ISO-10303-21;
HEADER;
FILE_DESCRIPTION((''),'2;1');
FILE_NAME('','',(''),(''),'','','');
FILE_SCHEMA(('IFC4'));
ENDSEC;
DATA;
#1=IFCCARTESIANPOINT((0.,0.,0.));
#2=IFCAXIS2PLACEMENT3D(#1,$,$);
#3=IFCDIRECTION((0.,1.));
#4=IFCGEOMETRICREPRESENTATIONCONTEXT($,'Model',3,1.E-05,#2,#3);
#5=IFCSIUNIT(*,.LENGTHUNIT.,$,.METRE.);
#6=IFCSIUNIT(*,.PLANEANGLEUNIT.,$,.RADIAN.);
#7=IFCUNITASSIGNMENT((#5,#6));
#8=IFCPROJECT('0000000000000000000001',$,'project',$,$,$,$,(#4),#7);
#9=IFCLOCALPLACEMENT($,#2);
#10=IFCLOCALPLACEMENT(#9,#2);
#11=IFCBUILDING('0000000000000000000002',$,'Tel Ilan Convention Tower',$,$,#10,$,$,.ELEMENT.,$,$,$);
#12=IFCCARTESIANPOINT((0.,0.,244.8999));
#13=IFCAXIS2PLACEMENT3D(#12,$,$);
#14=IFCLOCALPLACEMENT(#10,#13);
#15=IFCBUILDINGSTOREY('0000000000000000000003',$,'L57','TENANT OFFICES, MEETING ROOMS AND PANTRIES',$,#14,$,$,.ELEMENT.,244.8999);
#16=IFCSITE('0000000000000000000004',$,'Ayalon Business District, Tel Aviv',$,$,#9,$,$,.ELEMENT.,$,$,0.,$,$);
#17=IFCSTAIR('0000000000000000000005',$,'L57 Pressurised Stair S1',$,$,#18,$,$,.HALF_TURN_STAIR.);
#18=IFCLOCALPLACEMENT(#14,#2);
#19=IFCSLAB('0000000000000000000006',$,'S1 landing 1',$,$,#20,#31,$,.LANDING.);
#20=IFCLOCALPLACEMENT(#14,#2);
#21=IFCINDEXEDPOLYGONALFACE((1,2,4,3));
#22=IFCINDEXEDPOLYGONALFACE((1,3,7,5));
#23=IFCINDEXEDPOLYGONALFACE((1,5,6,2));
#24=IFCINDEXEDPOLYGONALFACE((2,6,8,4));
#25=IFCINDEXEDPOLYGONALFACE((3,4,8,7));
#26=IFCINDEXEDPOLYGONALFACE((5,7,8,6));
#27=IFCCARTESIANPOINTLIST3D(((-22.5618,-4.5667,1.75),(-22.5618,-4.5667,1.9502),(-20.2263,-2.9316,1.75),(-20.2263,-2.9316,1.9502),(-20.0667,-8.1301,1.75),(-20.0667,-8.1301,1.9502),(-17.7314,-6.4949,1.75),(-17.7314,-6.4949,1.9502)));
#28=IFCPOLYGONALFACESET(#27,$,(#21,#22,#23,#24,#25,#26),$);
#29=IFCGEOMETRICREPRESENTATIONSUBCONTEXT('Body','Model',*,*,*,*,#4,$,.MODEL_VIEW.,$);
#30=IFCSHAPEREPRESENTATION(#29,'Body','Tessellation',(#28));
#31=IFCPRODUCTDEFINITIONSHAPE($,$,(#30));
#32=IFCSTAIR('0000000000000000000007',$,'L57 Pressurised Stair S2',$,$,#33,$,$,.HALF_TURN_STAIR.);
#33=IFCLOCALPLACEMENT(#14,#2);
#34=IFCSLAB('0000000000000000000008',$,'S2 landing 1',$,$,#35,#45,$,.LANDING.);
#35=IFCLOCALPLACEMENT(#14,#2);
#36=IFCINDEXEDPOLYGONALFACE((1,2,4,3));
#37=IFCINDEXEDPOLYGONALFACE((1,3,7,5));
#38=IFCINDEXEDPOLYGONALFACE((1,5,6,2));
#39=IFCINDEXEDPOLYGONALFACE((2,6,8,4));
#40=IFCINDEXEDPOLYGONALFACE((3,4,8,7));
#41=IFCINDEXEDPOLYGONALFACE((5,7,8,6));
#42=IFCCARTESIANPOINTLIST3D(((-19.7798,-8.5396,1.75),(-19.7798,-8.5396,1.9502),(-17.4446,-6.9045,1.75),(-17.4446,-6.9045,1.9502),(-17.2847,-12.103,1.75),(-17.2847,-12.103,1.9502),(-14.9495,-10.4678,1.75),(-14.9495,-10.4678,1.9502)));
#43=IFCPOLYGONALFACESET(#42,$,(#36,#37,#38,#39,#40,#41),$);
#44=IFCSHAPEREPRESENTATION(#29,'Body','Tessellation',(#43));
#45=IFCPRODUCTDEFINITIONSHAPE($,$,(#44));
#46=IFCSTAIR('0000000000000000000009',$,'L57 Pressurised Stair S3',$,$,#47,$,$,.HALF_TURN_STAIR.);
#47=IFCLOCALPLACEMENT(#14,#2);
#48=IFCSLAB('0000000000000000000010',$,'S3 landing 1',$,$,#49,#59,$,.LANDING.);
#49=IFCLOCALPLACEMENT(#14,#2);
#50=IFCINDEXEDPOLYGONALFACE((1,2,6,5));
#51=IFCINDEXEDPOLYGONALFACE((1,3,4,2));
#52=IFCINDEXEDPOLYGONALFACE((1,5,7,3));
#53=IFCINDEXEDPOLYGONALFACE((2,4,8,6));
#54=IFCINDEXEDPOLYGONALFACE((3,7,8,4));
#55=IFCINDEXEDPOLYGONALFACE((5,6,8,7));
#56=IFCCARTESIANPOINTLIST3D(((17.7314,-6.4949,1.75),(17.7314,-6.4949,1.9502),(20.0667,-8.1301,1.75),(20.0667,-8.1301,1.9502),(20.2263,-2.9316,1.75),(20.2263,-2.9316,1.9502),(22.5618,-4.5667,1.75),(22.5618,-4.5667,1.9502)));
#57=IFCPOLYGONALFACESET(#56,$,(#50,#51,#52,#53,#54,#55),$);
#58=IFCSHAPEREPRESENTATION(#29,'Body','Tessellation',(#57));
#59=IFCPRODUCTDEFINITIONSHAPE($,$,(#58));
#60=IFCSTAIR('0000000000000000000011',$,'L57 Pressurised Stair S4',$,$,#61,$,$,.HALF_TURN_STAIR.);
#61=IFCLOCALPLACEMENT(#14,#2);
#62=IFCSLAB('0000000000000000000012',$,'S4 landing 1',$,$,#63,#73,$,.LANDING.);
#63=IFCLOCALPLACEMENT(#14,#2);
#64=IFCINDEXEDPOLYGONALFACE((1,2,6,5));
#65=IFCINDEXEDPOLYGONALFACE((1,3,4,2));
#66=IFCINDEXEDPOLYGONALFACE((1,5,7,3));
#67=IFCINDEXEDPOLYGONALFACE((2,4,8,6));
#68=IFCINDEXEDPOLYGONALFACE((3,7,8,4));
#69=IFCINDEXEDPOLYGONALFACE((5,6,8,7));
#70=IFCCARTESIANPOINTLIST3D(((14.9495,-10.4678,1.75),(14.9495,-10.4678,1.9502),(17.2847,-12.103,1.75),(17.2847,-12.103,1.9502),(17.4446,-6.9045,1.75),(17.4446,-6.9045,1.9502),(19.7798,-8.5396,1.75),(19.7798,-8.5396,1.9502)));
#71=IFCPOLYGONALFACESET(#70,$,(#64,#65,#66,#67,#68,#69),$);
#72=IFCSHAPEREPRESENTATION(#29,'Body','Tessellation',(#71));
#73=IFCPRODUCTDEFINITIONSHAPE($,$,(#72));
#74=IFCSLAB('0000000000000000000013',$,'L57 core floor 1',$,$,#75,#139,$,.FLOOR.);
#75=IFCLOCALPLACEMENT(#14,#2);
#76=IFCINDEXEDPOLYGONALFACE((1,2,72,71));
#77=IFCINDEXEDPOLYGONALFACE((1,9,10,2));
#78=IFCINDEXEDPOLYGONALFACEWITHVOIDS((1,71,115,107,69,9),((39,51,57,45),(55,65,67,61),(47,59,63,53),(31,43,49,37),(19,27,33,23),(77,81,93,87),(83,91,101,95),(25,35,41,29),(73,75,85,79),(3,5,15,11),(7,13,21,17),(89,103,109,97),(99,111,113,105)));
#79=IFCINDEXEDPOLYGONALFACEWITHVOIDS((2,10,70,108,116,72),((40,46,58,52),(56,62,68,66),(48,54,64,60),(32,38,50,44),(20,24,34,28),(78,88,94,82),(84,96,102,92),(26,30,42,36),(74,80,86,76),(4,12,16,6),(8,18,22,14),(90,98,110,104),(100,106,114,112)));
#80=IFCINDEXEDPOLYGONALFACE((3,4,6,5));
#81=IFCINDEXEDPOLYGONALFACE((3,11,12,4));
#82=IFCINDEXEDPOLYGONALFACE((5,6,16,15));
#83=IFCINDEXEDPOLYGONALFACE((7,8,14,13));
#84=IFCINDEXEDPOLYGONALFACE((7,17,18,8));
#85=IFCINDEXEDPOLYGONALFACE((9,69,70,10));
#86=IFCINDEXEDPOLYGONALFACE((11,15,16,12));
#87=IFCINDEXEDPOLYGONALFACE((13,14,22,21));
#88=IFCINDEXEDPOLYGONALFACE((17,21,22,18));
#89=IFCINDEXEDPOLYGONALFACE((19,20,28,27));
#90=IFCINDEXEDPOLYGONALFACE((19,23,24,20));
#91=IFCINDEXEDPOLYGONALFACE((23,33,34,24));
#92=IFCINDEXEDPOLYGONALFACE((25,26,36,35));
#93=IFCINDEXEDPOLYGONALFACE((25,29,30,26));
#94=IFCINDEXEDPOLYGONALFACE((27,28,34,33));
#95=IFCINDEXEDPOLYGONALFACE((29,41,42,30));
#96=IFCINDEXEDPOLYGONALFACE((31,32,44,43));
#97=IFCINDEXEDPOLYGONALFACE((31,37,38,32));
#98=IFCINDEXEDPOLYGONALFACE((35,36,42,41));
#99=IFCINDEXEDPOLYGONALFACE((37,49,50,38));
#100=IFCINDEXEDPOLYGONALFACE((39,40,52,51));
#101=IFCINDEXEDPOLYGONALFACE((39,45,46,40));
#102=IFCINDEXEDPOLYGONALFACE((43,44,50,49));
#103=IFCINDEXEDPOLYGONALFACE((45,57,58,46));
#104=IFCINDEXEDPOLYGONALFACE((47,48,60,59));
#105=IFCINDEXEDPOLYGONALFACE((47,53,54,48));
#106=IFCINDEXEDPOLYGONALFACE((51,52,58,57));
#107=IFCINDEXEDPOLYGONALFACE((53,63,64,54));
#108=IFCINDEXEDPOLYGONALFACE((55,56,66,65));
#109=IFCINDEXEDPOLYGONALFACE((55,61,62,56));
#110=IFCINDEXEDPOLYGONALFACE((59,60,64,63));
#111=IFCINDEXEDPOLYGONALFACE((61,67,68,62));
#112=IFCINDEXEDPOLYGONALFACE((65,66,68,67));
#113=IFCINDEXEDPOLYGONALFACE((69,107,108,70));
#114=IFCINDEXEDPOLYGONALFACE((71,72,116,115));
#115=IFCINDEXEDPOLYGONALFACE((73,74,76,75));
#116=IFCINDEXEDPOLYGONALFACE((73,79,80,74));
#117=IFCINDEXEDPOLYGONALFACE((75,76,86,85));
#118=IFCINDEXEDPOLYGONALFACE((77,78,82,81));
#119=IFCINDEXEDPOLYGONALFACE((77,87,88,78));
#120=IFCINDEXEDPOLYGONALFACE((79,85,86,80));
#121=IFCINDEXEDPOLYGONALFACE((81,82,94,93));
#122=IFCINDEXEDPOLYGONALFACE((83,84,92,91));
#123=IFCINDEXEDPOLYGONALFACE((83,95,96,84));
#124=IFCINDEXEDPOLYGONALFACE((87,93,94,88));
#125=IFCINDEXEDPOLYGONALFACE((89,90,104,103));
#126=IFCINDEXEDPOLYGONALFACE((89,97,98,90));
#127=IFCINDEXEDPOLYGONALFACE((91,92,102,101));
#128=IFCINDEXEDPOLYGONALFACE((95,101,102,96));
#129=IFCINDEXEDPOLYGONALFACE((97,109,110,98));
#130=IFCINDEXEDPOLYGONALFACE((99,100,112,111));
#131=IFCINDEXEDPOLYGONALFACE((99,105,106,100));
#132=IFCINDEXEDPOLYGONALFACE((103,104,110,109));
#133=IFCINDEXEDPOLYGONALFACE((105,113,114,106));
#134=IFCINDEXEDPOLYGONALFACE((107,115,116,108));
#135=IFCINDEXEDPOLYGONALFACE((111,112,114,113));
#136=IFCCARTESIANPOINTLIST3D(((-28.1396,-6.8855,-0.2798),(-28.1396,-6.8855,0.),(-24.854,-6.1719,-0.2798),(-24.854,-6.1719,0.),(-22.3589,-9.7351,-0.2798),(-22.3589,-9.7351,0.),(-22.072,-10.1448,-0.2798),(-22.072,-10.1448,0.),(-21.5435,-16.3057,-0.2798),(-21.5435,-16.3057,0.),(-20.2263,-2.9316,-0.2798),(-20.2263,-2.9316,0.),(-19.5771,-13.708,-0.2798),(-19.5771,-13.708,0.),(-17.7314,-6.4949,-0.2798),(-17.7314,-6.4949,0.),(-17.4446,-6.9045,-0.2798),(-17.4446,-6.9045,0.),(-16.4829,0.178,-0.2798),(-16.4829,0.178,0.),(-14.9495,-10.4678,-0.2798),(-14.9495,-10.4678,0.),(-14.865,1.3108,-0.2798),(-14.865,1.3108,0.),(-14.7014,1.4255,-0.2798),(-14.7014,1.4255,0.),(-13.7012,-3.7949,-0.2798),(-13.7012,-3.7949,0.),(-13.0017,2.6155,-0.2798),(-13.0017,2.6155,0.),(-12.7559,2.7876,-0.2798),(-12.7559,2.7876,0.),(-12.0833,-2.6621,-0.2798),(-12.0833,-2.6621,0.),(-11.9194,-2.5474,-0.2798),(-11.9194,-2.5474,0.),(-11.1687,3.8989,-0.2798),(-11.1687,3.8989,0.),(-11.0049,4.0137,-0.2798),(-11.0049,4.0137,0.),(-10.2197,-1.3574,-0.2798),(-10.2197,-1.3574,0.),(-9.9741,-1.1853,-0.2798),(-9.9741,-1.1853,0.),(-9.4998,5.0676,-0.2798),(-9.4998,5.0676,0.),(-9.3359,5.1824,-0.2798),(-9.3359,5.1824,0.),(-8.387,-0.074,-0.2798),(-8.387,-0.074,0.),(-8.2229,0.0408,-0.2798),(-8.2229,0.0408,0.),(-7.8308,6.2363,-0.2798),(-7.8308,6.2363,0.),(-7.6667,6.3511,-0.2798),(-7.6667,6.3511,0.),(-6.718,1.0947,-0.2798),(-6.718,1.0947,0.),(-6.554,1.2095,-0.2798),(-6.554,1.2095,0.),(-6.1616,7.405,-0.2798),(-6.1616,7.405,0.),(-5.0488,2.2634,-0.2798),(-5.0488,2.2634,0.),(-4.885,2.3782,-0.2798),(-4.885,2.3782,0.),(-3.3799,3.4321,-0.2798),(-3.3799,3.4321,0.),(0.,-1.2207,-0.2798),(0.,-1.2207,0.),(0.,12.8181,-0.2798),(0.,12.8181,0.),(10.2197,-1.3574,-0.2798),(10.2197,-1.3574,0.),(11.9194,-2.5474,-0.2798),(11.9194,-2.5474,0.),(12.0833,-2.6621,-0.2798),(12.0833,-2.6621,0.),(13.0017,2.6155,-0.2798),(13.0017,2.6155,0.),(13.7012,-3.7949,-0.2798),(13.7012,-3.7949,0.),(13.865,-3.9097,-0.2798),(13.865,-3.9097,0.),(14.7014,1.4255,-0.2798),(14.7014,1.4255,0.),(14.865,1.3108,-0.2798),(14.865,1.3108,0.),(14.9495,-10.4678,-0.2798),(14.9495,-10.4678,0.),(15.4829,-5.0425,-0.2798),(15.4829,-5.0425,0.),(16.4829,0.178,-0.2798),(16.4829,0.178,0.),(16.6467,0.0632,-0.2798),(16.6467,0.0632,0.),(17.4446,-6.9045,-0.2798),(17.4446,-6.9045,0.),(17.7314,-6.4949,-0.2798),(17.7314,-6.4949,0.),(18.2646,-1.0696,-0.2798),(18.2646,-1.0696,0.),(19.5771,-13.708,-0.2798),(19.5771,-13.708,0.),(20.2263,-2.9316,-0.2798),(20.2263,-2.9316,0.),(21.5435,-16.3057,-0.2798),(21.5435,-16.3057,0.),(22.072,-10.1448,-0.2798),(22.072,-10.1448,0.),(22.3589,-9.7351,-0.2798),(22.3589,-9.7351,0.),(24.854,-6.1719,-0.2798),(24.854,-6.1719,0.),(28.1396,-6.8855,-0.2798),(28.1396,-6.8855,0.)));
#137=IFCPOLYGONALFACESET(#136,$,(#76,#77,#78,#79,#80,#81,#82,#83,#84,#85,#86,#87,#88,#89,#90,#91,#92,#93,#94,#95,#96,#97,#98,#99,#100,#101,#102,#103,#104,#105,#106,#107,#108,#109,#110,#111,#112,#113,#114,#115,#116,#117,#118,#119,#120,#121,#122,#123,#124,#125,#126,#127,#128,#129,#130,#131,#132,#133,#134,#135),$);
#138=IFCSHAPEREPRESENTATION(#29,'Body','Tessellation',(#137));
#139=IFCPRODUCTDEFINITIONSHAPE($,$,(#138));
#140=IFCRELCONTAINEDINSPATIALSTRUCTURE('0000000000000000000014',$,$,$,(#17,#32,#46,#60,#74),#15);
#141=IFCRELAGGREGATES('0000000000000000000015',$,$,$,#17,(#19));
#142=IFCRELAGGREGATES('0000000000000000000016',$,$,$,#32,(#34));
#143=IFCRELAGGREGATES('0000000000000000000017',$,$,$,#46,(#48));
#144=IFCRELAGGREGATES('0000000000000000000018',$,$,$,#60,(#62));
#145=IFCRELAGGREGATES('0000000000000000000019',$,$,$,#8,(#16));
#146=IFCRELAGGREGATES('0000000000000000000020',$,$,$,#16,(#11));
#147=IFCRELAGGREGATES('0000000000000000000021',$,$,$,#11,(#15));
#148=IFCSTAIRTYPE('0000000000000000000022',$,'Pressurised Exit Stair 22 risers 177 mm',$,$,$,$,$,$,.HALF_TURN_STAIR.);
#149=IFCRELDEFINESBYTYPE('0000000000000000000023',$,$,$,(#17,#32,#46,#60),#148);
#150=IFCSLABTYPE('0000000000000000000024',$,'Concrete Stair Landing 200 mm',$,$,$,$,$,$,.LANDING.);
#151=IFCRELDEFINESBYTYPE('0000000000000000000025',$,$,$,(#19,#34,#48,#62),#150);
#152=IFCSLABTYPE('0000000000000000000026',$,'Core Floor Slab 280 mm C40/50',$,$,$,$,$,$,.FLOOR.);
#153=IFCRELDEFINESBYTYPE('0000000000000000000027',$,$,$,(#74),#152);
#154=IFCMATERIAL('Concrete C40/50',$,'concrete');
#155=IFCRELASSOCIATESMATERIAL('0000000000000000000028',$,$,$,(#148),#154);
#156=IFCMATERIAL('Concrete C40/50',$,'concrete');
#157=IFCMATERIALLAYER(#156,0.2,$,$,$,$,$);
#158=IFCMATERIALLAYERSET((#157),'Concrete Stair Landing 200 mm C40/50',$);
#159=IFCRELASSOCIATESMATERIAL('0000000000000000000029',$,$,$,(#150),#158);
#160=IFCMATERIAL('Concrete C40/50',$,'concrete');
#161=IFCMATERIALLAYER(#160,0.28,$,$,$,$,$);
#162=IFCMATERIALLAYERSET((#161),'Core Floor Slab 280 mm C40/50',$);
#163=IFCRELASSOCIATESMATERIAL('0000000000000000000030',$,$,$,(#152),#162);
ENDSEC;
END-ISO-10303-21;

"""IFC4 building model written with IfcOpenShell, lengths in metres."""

from ifc_helpers import new_model, si_unit, direction, frame, origin, place, context, subcontext, project, spatial, polyline, outline, extrude, material, layer, layer_set, type_object, element, aggregate, save


model = new_model("IFC4")

# Units and contexts
model_context = context("Model", 3, precision=1e-05, world=origin(), true_north=direction((0.0, 1.0)))
body_context = subcontext(model_context, "Body", "Model", "MODEL_VIEW")
ifc_project = project(units=[si_unit("LENGTHUNIT", "METRE"), si_unit("PLANEANGLEUNIT", "RADIAN")], contexts=[model_context])

# Site, building, storey
site_placement = place(None, origin())
site = spatial("IfcSite", under=ifc_project, at=site_placement, Name="Ayalon Business District, Tel Aviv", CompositionType="ELEMENT", RefElevation=0.0)
building_placement = place(site_placement, origin())
building = spatial("IfcBuilding", under=site, at=building_placement, Name="Tel Ilan Convention Tower", CompositionType="ELEMENT")
storey_placement = place(building_placement, frame((0.0, 0.0, 244.8999)))
storey = spatial("IfcBuildingStorey", under=building, at=storey_placement, Name="L57", Description="TENANT OFFICES, MEETING ROOMS AND PANTRIES", CompositionType="ELEMENT", Elevation=244.8999)

# Stairs, slabs
ifc_material_1 = material(Name="Concrete C40/50", Category="concrete")
stair_type = type_object("IfcStairType", Name="Pressurised Exit Stair 22 risers 177 mm", PredefinedType="HALF_TURN_STAIR", material=ifc_material_1)
stair_1_placement = place(storey_placement, origin())
stair_1 = element("IfcStair", 1, at=stair_1_placement, inside=storey, type_object=stair_type, Name="L57 Pressurised Stair S1", PredefinedType="HALF_TURN_STAIR")
ifc_material_2 = material(Name="Concrete C40/50", Category="concrete")
ifc_layer_1 = layer(ifc_material_2, 0.2)
ifc_layer_set_1 = layer_set([ifc_layer_1], Name="Concrete Stair Landing 200 mm C40/50")
slab_type_1 = type_object("IfcSlabType", Name="Concrete Stair Landing 200 mm", PredefinedType="LANDING", material=ifc_layer_set_1)
slab_1_placement = place(storey_placement, frame((0.0, 0.0, 1.75)))
slab_1 = element("IfcSlab", 2, at=slab_1_placement, type_object=slab_type_1, Name="S1 landing 1", PredefinedType="LANDING", context=body_context, shape_type="SweptSolid", body=[
    extrude(outline(polyline([(-20.0667, -8.1301), (-17.7314, -6.4949), (-20.2263, -2.9316), (-22.5618, -4.5667), (-20.0667, -8.1301)])), origin(), (0.0, 0.0, 1.0), 0.2002),
])
aggregate(stair_1, [slab_1])
stair_2_placement = place(storey_placement, origin())
stair_2 = element("IfcStair", 3, at=stair_2_placement, inside=storey, type_object=stair_type, Name="L57 Pressurised Stair S2", PredefinedType="HALF_TURN_STAIR")
slab_2_placement = place(storey_placement, frame((0.0, 0.0, 1.75)))
slab_2 = element("IfcSlab", 4, at=slab_2_placement, type_object=slab_type_1, Name="S2 landing 1", PredefinedType="LANDING", context=body_context, shape_type="SweptSolid", body=[
    extrude(outline(polyline([(-17.2847, -12.103), (-14.9495, -10.4678), (-17.4446, -6.9045), (-19.7798, -8.5396), (-17.2847, -12.103)])), origin(), (0.0, 0.0, 1.0), 0.2002),
])
aggregate(stair_2, [slab_2])
stair_3_placement = place(storey_placement, origin())
stair_3 = element("IfcStair", 5, at=stair_3_placement, inside=storey, type_object=stair_type, Name="L57 Pressurised Stair S3", PredefinedType="HALF_TURN_STAIR")
slab_3_placement = place(storey_placement, frame((0.0, 0.0, 1.75)))
slab_3 = element("IfcSlab", 6, at=slab_3_placement, type_object=slab_type_1, Name="S3 landing 1", PredefinedType="LANDING", context=body_context, shape_type="SweptSolid", body=[
    extrude(outline(polyline([(22.5618, -4.5667), (20.2263, -2.9316), (17.7314, -6.4949), (20.0667, -8.1301), (22.5618, -4.5667)])), origin(), (0.0, 0.0, 1.0), 0.2002),
])
aggregate(stair_3, [slab_3])
stair_4_placement = place(storey_placement, origin())
stair_4 = element("IfcStair", 7, at=stair_4_placement, inside=storey, type_object=stair_type, Name="L57 Pressurised Stair S4", PredefinedType="HALF_TURN_STAIR")
slab_4_placement = place(storey_placement, frame((0.0, 0.0, 1.75)))
slab_4 = element("IfcSlab", 8, at=slab_4_placement, type_object=slab_type_1, Name="S4 landing 1", PredefinedType="LANDING", context=body_context, shape_type="SweptSolid", body=[
    extrude(outline(polyline([(19.7798, -8.5396), (17.4446, -6.9045), (14.9495, -10.4678), (17.2847, -12.103), (19.7798, -8.5396)])), origin(), (0.0, 0.0, 1.0), 0.2002),
])
aggregate(stair_4, [slab_4])

# Slab
ifc_material_3 = material(Name="Concrete C40/50", Category="concrete")
ifc_layer_2 = layer(ifc_material_3, 0.28)
ifc_layer_set_2 = layer_set([ifc_layer_2], Name="Core Floor Slab 280 mm C40/50")
slab_type_2 = type_object("IfcSlabType", Name="Core Floor Slab 280 mm C40/50", PredefinedType="FLOOR", material=ifc_layer_set_2)
slab_5_placement = place(storey_placement, frame((0.0, 0.0, -0.2798)))
element("IfcSlab", 9, at=slab_5_placement, inside=storey, type_object=slab_type_2, Name="L57 core floor 1", PredefinedType="FLOOR", context=body_context, shape_type="SweptSolid", body=[
    extrude(outline(polyline([(-28.1396, -6.8855), (0.0, 12.8181), (28.1396, -6.8855), (21.5435, -16.3057), (0.0, -1.2207), (-21.5435, -16.3057), (-28.1396, -6.8855)]), holes=[polyline([(-17.4446, -6.9045), (-22.072, -10.1448), (-19.5771, -13.708), (-14.9495, -10.4678), (-17.4446, -6.9045)]), polyline([(-17.7314, -6.4949), (-20.2263, -2.9316), (-24.854, -6.1719), (-22.3589, -9.7351), (-17.7314, -6.4949)]), polyline([(-14.865, 1.3108), (-16.4829, 0.178), (-13.7012, -3.7949), (-12.0833, -2.6621), (-14.865, 1.3108)]), polyline([(-14.7014, 1.4255), (-11.9194, -2.5474), (-10.2197, -1.3574), (-13.0017, 2.6155), (-14.7014, 1.4255)]), polyline([(-11.1687, 3.8989), (-12.7559, 2.7876), (-9.9741, -1.1853), (-8.387, -0.074), (-11.1687, 3.8989)]), polyline([(-9.4998, 5.0676), (-11.0049, 4.0137), (-8.2229, 0.0408), (-6.718, 1.0947), (-9.4998, 5.0676)]), polyline([(-9.3359, 5.1824), (-6.554, 1.2095), (-5.0488, 2.2634), (-7.8308, 6.2363), (-9.3359, 5.1824)]), polyline([(17.4446, -6.9045), (14.9495, -10.4678), (19.5771, -13.708), (22.072, -10.1448), (17.4446, -6.9045)]), polyline([(20.2263, -2.9316), (17.7314, -6.4949), (22.3589, -9.7351), (24.854, -6.1719), (20.2263, -2.9316)]), polyline([(15.4829, -5.0425), (18.2646, -1.0696), (16.6467, 0.0632), (13.865, -3.9097), (15.4829, -5.0425)]), polyline([(13.7012, -3.7949), (16.4829, 0.178), (14.865, 1.3108), (12.0833, -2.6621), (13.7012, -3.7949)]), polyline([(11.9194, -2.5474), (14.7014, 1.4255), (13.0017, 2.6155), (10.2197, -1.3574), (11.9194, -2.5474)]), polyline([(-6.1616, 7.405), (-7.6667, 6.3511), (-4.885, 2.3782), (-3.3799, 3.4321), (-6.1616, 7.405)])]), origin(), (0.0, 0.0, 1.0), 0.2798),
])

save(model, "model.ifc")
